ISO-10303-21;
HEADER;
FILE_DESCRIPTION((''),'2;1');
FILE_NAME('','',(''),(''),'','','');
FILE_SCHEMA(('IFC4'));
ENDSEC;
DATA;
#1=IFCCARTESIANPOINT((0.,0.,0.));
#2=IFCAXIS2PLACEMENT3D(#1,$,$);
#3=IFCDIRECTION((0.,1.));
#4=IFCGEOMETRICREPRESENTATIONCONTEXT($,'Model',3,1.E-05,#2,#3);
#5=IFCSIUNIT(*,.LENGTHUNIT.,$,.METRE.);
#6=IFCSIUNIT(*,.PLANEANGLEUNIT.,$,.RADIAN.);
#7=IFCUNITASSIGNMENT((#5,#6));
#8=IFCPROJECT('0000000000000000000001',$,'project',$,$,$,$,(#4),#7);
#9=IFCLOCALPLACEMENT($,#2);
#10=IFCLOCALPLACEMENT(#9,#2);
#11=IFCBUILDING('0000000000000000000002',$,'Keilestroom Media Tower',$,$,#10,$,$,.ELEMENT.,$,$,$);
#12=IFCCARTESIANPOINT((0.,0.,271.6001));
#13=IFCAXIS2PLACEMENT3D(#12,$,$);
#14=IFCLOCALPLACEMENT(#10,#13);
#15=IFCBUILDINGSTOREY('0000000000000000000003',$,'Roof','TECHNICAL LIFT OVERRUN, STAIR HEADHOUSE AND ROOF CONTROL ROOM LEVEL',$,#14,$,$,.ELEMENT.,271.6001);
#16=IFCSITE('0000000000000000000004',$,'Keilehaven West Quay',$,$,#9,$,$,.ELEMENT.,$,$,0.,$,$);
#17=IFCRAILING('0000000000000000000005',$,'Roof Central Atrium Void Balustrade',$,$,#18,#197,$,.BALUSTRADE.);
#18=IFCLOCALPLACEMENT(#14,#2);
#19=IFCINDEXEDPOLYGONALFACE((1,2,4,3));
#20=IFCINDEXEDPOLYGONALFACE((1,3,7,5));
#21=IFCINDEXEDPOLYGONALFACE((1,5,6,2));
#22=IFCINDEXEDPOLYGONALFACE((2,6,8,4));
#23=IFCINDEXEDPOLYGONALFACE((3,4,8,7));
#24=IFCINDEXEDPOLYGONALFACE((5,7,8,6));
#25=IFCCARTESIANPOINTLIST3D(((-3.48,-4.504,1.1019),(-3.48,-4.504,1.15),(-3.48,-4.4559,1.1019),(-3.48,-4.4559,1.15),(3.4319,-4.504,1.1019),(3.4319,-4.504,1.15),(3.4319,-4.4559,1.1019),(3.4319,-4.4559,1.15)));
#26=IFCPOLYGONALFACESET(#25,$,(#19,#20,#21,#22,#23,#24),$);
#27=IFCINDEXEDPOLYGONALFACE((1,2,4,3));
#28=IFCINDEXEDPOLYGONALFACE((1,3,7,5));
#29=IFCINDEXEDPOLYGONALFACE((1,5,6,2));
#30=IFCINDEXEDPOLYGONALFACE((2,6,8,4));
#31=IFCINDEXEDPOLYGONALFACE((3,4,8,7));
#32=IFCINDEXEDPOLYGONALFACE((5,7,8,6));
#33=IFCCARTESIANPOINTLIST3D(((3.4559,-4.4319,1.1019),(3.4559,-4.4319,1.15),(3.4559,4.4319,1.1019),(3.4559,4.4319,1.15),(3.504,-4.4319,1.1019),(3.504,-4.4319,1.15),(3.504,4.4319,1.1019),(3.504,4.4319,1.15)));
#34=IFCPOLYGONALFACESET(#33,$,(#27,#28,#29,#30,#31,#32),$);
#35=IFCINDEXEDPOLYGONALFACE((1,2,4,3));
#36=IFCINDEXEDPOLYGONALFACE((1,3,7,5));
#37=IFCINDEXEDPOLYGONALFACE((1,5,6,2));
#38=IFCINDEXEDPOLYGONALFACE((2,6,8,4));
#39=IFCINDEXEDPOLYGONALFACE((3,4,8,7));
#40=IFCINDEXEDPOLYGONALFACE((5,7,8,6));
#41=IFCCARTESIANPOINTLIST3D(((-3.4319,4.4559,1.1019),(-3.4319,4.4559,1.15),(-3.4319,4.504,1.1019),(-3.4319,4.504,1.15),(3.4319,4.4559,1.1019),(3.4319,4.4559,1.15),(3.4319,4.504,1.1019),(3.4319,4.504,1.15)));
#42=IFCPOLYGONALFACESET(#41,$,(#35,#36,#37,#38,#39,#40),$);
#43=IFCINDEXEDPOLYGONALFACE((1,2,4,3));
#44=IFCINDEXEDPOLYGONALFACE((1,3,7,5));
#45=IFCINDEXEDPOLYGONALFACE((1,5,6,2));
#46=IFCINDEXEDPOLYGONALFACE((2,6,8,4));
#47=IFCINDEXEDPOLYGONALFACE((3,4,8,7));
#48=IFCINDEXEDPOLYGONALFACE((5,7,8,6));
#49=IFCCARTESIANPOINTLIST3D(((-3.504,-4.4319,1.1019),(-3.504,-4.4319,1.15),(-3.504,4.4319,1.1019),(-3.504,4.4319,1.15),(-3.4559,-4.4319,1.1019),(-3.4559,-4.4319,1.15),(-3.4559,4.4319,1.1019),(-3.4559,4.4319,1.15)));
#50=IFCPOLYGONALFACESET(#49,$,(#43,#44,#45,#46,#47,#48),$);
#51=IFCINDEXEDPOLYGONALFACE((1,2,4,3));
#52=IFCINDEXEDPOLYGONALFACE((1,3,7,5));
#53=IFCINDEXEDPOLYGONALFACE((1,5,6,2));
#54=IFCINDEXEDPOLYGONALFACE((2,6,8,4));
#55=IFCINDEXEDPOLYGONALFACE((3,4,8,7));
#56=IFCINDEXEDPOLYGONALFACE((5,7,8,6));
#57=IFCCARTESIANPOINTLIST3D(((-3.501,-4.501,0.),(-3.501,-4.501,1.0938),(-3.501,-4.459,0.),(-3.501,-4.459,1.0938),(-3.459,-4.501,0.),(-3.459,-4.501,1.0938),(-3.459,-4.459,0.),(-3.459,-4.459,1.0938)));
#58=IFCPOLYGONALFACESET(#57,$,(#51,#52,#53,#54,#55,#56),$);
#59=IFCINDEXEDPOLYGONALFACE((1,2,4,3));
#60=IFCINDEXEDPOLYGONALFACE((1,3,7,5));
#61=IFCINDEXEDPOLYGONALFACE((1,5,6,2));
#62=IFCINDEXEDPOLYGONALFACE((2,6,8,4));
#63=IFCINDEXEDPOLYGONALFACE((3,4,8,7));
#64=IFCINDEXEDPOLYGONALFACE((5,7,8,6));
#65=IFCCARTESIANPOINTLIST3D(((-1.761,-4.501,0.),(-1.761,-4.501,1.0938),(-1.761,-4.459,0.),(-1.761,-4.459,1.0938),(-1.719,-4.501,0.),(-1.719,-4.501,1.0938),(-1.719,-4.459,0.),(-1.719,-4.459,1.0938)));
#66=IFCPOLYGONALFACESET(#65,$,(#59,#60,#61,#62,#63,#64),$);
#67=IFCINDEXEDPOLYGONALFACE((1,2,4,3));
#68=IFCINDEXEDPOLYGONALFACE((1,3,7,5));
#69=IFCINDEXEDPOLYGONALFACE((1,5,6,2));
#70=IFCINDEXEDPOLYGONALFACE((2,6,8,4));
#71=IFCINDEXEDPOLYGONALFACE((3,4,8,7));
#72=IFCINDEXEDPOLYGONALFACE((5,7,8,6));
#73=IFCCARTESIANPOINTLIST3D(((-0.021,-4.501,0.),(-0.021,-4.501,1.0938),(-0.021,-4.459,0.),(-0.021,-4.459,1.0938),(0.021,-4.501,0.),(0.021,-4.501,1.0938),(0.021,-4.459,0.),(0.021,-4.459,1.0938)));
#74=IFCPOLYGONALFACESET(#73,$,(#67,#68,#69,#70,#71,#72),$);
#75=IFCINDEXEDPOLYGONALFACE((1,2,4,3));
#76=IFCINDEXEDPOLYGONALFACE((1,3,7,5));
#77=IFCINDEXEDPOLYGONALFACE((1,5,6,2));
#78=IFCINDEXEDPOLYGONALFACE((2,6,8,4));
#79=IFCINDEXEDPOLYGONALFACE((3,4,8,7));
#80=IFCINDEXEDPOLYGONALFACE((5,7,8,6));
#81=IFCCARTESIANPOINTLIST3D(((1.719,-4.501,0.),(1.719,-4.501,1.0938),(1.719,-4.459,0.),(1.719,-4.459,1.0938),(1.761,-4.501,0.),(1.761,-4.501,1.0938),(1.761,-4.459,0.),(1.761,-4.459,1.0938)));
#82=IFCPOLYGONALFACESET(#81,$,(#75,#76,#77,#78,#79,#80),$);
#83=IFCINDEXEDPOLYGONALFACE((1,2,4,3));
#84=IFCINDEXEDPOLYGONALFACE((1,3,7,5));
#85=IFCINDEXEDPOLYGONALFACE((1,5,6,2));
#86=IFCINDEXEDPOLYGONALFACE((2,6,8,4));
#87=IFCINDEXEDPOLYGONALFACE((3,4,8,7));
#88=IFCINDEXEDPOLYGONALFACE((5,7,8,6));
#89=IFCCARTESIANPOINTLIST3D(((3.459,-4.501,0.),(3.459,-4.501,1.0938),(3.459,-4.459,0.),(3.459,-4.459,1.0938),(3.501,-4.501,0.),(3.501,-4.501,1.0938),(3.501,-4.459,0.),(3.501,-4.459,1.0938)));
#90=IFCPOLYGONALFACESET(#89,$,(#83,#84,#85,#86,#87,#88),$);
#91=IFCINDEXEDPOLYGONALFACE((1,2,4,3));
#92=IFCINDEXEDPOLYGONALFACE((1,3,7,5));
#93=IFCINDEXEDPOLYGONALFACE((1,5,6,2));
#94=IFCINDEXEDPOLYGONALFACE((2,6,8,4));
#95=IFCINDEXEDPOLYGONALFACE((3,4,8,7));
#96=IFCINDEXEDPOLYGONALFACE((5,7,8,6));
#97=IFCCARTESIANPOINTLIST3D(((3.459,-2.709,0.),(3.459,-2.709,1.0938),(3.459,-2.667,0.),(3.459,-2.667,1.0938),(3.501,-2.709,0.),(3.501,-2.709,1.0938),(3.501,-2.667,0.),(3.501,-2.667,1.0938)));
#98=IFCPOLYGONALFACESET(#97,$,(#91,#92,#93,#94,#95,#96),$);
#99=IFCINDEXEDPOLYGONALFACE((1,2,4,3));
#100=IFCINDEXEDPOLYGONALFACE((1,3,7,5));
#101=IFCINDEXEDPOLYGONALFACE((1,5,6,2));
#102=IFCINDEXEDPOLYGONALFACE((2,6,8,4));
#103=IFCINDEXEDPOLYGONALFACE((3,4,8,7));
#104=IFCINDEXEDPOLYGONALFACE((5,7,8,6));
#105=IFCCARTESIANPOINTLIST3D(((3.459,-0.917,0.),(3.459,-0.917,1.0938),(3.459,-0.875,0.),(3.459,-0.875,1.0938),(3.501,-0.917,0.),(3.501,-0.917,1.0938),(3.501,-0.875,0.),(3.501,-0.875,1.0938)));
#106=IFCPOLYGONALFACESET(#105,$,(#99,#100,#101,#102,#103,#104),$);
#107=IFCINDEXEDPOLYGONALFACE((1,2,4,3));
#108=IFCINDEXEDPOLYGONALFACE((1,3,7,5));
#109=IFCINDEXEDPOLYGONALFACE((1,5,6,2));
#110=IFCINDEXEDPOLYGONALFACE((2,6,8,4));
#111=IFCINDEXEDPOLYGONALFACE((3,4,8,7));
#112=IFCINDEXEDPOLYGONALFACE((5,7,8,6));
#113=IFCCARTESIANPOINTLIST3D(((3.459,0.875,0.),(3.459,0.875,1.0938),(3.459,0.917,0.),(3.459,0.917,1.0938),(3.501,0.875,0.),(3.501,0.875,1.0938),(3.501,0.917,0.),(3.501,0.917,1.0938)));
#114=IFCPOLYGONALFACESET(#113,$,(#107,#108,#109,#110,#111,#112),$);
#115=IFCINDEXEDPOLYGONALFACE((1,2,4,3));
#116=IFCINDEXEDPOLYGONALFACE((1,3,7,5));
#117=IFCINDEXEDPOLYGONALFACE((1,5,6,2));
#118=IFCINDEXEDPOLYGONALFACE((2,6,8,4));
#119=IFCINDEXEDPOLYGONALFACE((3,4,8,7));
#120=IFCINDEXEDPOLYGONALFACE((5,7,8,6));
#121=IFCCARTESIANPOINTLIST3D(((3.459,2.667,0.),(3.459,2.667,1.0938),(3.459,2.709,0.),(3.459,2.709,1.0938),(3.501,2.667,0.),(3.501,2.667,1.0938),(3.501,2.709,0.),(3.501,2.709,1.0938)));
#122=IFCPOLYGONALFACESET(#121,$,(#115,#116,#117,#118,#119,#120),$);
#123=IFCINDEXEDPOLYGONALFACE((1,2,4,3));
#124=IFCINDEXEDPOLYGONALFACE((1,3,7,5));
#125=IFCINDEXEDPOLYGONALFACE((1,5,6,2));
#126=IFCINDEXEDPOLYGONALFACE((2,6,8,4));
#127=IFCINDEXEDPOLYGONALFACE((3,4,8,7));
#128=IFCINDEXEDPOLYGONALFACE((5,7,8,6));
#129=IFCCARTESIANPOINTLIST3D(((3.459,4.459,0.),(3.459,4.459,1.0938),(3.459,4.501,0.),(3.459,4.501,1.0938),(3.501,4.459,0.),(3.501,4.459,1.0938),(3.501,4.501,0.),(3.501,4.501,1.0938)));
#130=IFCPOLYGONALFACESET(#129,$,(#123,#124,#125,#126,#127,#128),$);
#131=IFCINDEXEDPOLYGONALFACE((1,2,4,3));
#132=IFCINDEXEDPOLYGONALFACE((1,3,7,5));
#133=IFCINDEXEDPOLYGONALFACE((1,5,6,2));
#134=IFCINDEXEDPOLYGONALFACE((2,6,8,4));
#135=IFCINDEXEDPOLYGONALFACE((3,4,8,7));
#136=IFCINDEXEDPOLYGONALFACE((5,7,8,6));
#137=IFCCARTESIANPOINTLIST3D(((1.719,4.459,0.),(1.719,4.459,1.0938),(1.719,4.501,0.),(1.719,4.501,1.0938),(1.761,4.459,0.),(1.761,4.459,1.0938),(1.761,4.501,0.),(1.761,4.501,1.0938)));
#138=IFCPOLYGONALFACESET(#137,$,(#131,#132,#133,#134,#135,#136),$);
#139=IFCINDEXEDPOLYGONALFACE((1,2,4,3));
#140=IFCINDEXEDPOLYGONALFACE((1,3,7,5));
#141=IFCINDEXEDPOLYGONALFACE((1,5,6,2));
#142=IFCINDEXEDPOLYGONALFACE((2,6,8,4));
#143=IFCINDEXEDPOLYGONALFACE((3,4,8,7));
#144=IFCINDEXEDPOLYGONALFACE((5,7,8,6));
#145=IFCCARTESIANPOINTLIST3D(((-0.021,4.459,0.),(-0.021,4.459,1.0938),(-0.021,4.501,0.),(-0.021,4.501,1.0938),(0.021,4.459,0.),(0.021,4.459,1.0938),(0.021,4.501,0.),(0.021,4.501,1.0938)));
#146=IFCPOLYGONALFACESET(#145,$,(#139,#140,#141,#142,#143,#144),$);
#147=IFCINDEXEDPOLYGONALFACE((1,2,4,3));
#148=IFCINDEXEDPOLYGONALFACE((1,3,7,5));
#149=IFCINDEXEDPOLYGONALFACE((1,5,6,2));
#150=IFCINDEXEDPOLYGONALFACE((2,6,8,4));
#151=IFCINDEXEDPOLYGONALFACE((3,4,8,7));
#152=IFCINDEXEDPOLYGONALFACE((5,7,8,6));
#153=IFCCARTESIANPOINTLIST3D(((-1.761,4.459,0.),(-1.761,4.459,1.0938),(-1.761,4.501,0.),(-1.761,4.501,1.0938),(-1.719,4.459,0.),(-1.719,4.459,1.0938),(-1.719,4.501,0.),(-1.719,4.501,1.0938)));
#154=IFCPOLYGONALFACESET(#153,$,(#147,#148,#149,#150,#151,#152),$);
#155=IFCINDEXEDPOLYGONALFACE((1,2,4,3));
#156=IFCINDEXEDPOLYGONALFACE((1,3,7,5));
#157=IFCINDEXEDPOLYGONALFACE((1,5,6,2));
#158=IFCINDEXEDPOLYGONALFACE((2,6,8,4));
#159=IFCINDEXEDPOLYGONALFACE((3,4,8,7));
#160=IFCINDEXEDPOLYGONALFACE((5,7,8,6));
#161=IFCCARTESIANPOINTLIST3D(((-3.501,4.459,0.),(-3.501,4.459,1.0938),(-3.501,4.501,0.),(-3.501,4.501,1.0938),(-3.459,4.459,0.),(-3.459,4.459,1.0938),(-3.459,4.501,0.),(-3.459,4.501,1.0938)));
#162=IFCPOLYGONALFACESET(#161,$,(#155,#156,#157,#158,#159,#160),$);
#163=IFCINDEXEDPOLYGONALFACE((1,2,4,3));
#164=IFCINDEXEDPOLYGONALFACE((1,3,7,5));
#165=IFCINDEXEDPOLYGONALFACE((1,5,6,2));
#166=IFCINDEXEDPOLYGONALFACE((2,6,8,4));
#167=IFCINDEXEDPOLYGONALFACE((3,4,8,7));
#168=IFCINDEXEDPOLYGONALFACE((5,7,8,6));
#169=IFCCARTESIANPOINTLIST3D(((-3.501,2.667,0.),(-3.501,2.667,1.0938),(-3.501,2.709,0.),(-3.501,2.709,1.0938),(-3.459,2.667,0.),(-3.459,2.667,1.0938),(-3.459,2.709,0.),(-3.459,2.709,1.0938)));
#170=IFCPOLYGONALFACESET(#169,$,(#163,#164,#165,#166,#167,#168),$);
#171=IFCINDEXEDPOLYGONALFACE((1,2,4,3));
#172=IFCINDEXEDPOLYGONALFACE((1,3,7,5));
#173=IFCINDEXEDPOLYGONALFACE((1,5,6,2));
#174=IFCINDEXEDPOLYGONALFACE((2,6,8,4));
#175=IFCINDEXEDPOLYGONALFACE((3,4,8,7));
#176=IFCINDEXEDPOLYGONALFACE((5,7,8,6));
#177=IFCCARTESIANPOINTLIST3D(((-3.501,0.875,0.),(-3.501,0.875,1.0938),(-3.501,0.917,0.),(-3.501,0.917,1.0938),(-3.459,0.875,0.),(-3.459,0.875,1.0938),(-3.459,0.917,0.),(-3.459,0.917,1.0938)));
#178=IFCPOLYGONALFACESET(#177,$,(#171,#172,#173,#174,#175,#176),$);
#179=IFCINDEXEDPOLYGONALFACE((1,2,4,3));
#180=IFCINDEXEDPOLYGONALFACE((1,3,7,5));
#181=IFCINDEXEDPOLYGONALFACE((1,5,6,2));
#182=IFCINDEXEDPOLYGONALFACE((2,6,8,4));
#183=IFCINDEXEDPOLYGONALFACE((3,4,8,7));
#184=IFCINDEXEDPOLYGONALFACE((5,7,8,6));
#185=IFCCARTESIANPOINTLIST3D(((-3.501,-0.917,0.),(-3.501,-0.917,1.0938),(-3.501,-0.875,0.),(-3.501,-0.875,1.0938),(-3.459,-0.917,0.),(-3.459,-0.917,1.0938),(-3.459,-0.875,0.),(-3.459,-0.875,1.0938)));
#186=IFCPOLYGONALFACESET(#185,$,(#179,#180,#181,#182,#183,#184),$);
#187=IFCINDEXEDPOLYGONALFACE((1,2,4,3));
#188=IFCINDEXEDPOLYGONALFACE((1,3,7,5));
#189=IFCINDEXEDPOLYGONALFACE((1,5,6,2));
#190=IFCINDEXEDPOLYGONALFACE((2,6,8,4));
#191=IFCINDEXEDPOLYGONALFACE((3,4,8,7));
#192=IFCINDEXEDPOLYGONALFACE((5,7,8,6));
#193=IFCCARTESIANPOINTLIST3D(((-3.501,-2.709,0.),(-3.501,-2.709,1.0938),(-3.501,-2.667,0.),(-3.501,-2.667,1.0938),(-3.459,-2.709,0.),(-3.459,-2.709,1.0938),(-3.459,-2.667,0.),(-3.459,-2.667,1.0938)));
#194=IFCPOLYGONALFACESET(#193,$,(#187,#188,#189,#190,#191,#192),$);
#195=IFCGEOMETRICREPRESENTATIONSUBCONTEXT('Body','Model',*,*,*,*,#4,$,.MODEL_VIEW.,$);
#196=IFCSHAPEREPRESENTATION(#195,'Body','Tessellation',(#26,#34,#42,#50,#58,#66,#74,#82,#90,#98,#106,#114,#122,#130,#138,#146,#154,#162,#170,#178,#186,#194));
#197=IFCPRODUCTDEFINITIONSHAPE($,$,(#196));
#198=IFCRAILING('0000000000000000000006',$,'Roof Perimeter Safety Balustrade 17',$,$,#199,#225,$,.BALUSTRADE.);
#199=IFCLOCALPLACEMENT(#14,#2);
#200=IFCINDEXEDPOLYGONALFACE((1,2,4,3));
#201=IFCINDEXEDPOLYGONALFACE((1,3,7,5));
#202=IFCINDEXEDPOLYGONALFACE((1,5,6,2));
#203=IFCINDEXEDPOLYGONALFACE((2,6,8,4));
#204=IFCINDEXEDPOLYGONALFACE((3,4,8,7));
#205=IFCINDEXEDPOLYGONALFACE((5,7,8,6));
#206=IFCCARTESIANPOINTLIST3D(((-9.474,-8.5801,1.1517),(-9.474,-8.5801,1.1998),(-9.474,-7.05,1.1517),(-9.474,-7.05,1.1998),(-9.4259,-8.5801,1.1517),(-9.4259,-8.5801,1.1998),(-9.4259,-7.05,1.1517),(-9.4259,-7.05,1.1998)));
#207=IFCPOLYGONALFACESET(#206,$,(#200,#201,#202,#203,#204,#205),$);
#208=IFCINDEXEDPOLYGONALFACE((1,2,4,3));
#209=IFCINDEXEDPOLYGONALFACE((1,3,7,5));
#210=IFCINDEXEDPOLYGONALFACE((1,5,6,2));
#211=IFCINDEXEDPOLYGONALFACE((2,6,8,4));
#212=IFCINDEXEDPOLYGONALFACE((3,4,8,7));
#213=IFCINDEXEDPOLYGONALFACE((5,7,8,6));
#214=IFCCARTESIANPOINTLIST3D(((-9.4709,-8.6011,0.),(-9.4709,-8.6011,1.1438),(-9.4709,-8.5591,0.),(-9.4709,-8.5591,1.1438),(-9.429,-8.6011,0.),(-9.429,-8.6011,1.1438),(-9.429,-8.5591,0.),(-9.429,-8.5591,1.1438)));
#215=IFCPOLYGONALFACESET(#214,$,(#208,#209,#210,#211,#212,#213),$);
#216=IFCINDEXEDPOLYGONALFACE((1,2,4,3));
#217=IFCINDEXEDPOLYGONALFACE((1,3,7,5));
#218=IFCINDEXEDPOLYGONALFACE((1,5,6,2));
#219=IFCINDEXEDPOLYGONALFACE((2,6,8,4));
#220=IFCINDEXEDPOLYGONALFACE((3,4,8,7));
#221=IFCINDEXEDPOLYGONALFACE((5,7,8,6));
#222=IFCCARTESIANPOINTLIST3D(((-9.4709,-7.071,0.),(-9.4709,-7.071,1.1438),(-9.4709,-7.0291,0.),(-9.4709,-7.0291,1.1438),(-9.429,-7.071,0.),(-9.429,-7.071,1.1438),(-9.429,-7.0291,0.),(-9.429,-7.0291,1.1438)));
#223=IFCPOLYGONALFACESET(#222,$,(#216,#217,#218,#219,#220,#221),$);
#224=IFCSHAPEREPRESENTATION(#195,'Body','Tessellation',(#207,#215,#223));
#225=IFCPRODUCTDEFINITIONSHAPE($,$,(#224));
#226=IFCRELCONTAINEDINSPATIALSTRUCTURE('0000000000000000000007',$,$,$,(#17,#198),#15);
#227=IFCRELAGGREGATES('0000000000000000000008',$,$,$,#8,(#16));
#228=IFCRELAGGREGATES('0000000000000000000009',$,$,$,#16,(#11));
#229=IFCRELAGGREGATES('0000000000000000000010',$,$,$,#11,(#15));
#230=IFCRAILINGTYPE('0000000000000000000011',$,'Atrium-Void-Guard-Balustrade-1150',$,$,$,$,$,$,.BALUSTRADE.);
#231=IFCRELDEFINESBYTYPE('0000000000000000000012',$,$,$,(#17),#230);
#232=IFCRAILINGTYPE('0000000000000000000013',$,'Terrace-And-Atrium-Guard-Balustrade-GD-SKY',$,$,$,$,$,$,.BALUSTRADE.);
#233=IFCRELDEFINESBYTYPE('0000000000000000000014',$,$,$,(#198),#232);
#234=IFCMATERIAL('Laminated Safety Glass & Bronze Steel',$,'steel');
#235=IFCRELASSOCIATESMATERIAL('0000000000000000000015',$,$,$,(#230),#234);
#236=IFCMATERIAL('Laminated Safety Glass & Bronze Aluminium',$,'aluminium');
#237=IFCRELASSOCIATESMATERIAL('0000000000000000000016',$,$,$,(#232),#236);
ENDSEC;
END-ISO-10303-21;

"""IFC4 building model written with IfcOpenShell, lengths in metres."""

from ifc_helpers import new_model, si_unit, direction, frame, origin, origin_2d, place, context, subcontext, project, spatial, rectangle, extrude, material, type_object, element, save


model = new_model("IFC4")

# Units and contexts
model_context = context("Model", 3, precision=1e-05, world=origin(), true_north=direction((0.0, 1.0)))
body_context = subcontext(model_context, "Body", "Model", "MODEL_VIEW")
ifc_project = project(units=[si_unit("LENGTHUNIT", "METRE"), si_unit("PLANEANGLEUNIT", "RADIAN")], contexts=[model_context])

# Site, building, storey
site_placement = place(None, origin())
site = spatial("IfcSite", under=ifc_project, at=site_placement, Name="Keilehaven West Quay", CompositionType="ELEMENT", RefElevation=0.0)
building_placement = place(site_placement, origin())
building = spatial("IfcBuilding", under=site, at=building_placement, Name="Keilestroom Media Tower", CompositionType="ELEMENT")
storey_placement = place(building_placement, frame((0.0, 0.0, 271.6001)))
storey = spatial("IfcBuildingStorey", under=building, at=storey_placement, Name="Roof", Description="TECHNICAL LIFT OVERRUN, STAIR HEADHOUSE AND ROOF CONTROL ROOM LEVEL", CompositionType="ELEMENT", Elevation=271.6001)

# Railings
ifc_material_1 = material(Name="Laminated Safety Glass & Bronze Steel", Category="steel")
railing_type_1 = type_object("IfcRailingType", Name="Atrium-Void-Guard-Balustrade-1150", PredefinedType="BALUSTRADE", material=ifc_material_1)
railing_1_placement = place(storey_placement, frame((-3.48, -4.48, 0.0)))
element("IfcRailing", 1, at=railing_1_placement, inside=storey, type_object=railing_type_1, Name="Roof Central Atrium Void Balustrade", PredefinedType="BALUSTRADE", context=body_context, shape_type="SweptSolid", body=[
    extrude(rectangle(XDim=0.0481, YDim=0.0481, at=origin_2d()), frame((0.0, 0.0, 1.126), z_axis=(1.0, 0.0, 0.0), x_axis=(0.0, 1.0, 0.0)), (0.0, 0.0, 1.0), 6.9119),
    extrude(rectangle(XDim=0.0481, YDim=0.0481, at=origin_2d()), frame((6.96, 0.0481, 1.126), z_axis=(0.0, 1.0, 0.0), x_axis=(-1.0, 0.0, 0.0)), (0.0, 0.0, 1.0), 8.8638),
    extrude(rectangle(XDim=0.0481, YDim=0.0481, at=origin_2d()), frame((6.9119, 8.96, 1.126), z_axis=(-1.0, 0.0, 0.0), x_axis=(0.0, -1.0, 0.0)), (0.0, 0.0, 1.0), 6.8638),
    extrude(rectangle(XDim=0.0481, YDim=0.0481, at=origin_2d()), frame((0.0, 8.9119, 1.126), z_axis=(0.0, -1.0, 0.0), x_axis=(1.0, 0.0, 0.0)), (0.0, 0.0, 1.0), 8.8638),
    extrude(rectangle(XDim=0.042, YDim=0.042, at=origin_2d()), origin(), (0.0, 0.0, 1.0), 1.0938),
    extrude(rectangle(XDim=0.042, YDim=0.042, at=origin_2d()), frame((1.74, 0.0, 0.0)), (0.0, 0.0, 1.0), 1.0938),
    extrude(rectangle(XDim=0.042, YDim=0.042, at=origin_2d()), frame((3.48, 0.0, 0.0)), (0.0, 0.0, 1.0), 1.0938),
    extrude(rectangle(XDim=0.042, YDim=0.042, at=origin_2d()), frame((5.22, 0.0, 0.0)), (0.0, 0.0, 1.0), 1.0938),
    extrude(rectangle(XDim=0.042, YDim=0.042, at=origin_2d()), frame((6.96, 0.0, 0.0)), (0.0, 0.0, 1.0), 1.0938),
    extrude(rectangle(XDim=0.042, YDim=0.042, at=origin_2d()), frame((6.96, 1.792, 0.0)), (0.0, 0.0, 1.0), 1.0938),
    extrude(rectangle(XDim=0.042, YDim=0.042, at=origin_2d()), frame((6.96, 3.584, 0.0)), (0.0, 0.0, 1.0), 1.0938),
    extrude(rectangle(XDim=0.042, YDim=0.042, at=origin_2d()), frame((6.96, 5.376, 0.0)), (0.0, 0.0, 1.0), 1.0938),
    extrude(rectangle(XDim=0.042, YDim=0.042, at=origin_2d()), frame((6.96, 7.168, 0.0)), (0.0, 0.0, 1.0), 1.0938),
    extrude(rectangle(XDim=0.042, YDim=0.042, at=origin_2d()), frame((6.96, 8.96, 0.0)), (0.0, 0.0, 1.0), 1.0938),
    extrude(rectangle(XDim=0.042, YDim=0.042, at=origin_2d()), frame((5.22, 8.96, 0.0)), (0.0, 0.0, 1.0), 1.0938),
    extrude(rectangle(XDim=0.042, YDim=0.042, at=origin_2d()), frame((3.48, 8.96, 0.0)), (0.0, 0.0, 1.0), 1.0938),
    extrude(rectangle(XDim=0.042, YDim=0.042, at=origin_2d()), frame((1.74, 8.96, 0.0)), (0.0, 0.0, 1.0), 1.0938),
    extrude(rectangle(XDim=0.042, YDim=0.042, at=origin_2d()), frame((0.0, 8.96, 0.0)), (0.0, 0.0, 1.0), 1.0938),
    extrude(rectangle(XDim=0.042, YDim=0.042, at=origin_2d()), frame((0.0, 7.168, 0.0)), (0.0, 0.0, 1.0), 1.0938),
    extrude(rectangle(XDim=0.042, YDim=0.042, at=origin_2d()), frame((0.0, 5.376, 0.0)), (0.0, 0.0, 1.0), 1.0938),
    extrude(rectangle(XDim=0.042, YDim=0.042, at=origin_2d()), frame((0.0, 3.584, 0.0)), (0.0, 0.0, 1.0), 1.0938),
    extrude(rectangle(XDim=0.042, YDim=0.042, at=origin_2d()), frame((0.0, 1.792, 0.0)), (0.0, 0.0, 1.0), 1.0938),
])
ifc_material_2 = material(Name="Laminated Safety Glass & Bronze Aluminium", Category="aluminium")
railing_type_2 = type_object("IfcRailingType", Name="Terrace-And-Atrium-Guard-Balustrade-GD-SKY", PredefinedType="BALUSTRADE", material=ifc_material_2)
railing_2_placement = place(storey_placement, frame((-9.45, -8.5801, 0.0)))
element("IfcRailing", 2, at=railing_2_placement, inside=storey, type_object=railing_type_2, Name="Roof Perimeter Safety Balustrade 17", PredefinedType="BALUSTRADE", context=body_context, shape_type="SweptSolid", body=[
    extrude(rectangle(XDim=0.0481, YDim=0.0481, at=origin_2d()), frame((0.0, 0.0, 1.1758), z_axis=(0.0, 1.0, 0.0), x_axis=(-1.0, 0.0, 0.0)), (0.0, 0.0, 1.0), 1.53),
    extrude(rectangle(XDim=0.042, YDim=0.042, at=origin_2d()), origin(), (0.0, 0.0, 1.0), 1.1438),
    extrude(rectangle(XDim=0.042, YDim=0.042, at=origin_2d()), frame((0.0, 1.53, 0.0)), (0.0, 0.0, 1.0), 1.1438),
])

save(model, "model.ifc")
